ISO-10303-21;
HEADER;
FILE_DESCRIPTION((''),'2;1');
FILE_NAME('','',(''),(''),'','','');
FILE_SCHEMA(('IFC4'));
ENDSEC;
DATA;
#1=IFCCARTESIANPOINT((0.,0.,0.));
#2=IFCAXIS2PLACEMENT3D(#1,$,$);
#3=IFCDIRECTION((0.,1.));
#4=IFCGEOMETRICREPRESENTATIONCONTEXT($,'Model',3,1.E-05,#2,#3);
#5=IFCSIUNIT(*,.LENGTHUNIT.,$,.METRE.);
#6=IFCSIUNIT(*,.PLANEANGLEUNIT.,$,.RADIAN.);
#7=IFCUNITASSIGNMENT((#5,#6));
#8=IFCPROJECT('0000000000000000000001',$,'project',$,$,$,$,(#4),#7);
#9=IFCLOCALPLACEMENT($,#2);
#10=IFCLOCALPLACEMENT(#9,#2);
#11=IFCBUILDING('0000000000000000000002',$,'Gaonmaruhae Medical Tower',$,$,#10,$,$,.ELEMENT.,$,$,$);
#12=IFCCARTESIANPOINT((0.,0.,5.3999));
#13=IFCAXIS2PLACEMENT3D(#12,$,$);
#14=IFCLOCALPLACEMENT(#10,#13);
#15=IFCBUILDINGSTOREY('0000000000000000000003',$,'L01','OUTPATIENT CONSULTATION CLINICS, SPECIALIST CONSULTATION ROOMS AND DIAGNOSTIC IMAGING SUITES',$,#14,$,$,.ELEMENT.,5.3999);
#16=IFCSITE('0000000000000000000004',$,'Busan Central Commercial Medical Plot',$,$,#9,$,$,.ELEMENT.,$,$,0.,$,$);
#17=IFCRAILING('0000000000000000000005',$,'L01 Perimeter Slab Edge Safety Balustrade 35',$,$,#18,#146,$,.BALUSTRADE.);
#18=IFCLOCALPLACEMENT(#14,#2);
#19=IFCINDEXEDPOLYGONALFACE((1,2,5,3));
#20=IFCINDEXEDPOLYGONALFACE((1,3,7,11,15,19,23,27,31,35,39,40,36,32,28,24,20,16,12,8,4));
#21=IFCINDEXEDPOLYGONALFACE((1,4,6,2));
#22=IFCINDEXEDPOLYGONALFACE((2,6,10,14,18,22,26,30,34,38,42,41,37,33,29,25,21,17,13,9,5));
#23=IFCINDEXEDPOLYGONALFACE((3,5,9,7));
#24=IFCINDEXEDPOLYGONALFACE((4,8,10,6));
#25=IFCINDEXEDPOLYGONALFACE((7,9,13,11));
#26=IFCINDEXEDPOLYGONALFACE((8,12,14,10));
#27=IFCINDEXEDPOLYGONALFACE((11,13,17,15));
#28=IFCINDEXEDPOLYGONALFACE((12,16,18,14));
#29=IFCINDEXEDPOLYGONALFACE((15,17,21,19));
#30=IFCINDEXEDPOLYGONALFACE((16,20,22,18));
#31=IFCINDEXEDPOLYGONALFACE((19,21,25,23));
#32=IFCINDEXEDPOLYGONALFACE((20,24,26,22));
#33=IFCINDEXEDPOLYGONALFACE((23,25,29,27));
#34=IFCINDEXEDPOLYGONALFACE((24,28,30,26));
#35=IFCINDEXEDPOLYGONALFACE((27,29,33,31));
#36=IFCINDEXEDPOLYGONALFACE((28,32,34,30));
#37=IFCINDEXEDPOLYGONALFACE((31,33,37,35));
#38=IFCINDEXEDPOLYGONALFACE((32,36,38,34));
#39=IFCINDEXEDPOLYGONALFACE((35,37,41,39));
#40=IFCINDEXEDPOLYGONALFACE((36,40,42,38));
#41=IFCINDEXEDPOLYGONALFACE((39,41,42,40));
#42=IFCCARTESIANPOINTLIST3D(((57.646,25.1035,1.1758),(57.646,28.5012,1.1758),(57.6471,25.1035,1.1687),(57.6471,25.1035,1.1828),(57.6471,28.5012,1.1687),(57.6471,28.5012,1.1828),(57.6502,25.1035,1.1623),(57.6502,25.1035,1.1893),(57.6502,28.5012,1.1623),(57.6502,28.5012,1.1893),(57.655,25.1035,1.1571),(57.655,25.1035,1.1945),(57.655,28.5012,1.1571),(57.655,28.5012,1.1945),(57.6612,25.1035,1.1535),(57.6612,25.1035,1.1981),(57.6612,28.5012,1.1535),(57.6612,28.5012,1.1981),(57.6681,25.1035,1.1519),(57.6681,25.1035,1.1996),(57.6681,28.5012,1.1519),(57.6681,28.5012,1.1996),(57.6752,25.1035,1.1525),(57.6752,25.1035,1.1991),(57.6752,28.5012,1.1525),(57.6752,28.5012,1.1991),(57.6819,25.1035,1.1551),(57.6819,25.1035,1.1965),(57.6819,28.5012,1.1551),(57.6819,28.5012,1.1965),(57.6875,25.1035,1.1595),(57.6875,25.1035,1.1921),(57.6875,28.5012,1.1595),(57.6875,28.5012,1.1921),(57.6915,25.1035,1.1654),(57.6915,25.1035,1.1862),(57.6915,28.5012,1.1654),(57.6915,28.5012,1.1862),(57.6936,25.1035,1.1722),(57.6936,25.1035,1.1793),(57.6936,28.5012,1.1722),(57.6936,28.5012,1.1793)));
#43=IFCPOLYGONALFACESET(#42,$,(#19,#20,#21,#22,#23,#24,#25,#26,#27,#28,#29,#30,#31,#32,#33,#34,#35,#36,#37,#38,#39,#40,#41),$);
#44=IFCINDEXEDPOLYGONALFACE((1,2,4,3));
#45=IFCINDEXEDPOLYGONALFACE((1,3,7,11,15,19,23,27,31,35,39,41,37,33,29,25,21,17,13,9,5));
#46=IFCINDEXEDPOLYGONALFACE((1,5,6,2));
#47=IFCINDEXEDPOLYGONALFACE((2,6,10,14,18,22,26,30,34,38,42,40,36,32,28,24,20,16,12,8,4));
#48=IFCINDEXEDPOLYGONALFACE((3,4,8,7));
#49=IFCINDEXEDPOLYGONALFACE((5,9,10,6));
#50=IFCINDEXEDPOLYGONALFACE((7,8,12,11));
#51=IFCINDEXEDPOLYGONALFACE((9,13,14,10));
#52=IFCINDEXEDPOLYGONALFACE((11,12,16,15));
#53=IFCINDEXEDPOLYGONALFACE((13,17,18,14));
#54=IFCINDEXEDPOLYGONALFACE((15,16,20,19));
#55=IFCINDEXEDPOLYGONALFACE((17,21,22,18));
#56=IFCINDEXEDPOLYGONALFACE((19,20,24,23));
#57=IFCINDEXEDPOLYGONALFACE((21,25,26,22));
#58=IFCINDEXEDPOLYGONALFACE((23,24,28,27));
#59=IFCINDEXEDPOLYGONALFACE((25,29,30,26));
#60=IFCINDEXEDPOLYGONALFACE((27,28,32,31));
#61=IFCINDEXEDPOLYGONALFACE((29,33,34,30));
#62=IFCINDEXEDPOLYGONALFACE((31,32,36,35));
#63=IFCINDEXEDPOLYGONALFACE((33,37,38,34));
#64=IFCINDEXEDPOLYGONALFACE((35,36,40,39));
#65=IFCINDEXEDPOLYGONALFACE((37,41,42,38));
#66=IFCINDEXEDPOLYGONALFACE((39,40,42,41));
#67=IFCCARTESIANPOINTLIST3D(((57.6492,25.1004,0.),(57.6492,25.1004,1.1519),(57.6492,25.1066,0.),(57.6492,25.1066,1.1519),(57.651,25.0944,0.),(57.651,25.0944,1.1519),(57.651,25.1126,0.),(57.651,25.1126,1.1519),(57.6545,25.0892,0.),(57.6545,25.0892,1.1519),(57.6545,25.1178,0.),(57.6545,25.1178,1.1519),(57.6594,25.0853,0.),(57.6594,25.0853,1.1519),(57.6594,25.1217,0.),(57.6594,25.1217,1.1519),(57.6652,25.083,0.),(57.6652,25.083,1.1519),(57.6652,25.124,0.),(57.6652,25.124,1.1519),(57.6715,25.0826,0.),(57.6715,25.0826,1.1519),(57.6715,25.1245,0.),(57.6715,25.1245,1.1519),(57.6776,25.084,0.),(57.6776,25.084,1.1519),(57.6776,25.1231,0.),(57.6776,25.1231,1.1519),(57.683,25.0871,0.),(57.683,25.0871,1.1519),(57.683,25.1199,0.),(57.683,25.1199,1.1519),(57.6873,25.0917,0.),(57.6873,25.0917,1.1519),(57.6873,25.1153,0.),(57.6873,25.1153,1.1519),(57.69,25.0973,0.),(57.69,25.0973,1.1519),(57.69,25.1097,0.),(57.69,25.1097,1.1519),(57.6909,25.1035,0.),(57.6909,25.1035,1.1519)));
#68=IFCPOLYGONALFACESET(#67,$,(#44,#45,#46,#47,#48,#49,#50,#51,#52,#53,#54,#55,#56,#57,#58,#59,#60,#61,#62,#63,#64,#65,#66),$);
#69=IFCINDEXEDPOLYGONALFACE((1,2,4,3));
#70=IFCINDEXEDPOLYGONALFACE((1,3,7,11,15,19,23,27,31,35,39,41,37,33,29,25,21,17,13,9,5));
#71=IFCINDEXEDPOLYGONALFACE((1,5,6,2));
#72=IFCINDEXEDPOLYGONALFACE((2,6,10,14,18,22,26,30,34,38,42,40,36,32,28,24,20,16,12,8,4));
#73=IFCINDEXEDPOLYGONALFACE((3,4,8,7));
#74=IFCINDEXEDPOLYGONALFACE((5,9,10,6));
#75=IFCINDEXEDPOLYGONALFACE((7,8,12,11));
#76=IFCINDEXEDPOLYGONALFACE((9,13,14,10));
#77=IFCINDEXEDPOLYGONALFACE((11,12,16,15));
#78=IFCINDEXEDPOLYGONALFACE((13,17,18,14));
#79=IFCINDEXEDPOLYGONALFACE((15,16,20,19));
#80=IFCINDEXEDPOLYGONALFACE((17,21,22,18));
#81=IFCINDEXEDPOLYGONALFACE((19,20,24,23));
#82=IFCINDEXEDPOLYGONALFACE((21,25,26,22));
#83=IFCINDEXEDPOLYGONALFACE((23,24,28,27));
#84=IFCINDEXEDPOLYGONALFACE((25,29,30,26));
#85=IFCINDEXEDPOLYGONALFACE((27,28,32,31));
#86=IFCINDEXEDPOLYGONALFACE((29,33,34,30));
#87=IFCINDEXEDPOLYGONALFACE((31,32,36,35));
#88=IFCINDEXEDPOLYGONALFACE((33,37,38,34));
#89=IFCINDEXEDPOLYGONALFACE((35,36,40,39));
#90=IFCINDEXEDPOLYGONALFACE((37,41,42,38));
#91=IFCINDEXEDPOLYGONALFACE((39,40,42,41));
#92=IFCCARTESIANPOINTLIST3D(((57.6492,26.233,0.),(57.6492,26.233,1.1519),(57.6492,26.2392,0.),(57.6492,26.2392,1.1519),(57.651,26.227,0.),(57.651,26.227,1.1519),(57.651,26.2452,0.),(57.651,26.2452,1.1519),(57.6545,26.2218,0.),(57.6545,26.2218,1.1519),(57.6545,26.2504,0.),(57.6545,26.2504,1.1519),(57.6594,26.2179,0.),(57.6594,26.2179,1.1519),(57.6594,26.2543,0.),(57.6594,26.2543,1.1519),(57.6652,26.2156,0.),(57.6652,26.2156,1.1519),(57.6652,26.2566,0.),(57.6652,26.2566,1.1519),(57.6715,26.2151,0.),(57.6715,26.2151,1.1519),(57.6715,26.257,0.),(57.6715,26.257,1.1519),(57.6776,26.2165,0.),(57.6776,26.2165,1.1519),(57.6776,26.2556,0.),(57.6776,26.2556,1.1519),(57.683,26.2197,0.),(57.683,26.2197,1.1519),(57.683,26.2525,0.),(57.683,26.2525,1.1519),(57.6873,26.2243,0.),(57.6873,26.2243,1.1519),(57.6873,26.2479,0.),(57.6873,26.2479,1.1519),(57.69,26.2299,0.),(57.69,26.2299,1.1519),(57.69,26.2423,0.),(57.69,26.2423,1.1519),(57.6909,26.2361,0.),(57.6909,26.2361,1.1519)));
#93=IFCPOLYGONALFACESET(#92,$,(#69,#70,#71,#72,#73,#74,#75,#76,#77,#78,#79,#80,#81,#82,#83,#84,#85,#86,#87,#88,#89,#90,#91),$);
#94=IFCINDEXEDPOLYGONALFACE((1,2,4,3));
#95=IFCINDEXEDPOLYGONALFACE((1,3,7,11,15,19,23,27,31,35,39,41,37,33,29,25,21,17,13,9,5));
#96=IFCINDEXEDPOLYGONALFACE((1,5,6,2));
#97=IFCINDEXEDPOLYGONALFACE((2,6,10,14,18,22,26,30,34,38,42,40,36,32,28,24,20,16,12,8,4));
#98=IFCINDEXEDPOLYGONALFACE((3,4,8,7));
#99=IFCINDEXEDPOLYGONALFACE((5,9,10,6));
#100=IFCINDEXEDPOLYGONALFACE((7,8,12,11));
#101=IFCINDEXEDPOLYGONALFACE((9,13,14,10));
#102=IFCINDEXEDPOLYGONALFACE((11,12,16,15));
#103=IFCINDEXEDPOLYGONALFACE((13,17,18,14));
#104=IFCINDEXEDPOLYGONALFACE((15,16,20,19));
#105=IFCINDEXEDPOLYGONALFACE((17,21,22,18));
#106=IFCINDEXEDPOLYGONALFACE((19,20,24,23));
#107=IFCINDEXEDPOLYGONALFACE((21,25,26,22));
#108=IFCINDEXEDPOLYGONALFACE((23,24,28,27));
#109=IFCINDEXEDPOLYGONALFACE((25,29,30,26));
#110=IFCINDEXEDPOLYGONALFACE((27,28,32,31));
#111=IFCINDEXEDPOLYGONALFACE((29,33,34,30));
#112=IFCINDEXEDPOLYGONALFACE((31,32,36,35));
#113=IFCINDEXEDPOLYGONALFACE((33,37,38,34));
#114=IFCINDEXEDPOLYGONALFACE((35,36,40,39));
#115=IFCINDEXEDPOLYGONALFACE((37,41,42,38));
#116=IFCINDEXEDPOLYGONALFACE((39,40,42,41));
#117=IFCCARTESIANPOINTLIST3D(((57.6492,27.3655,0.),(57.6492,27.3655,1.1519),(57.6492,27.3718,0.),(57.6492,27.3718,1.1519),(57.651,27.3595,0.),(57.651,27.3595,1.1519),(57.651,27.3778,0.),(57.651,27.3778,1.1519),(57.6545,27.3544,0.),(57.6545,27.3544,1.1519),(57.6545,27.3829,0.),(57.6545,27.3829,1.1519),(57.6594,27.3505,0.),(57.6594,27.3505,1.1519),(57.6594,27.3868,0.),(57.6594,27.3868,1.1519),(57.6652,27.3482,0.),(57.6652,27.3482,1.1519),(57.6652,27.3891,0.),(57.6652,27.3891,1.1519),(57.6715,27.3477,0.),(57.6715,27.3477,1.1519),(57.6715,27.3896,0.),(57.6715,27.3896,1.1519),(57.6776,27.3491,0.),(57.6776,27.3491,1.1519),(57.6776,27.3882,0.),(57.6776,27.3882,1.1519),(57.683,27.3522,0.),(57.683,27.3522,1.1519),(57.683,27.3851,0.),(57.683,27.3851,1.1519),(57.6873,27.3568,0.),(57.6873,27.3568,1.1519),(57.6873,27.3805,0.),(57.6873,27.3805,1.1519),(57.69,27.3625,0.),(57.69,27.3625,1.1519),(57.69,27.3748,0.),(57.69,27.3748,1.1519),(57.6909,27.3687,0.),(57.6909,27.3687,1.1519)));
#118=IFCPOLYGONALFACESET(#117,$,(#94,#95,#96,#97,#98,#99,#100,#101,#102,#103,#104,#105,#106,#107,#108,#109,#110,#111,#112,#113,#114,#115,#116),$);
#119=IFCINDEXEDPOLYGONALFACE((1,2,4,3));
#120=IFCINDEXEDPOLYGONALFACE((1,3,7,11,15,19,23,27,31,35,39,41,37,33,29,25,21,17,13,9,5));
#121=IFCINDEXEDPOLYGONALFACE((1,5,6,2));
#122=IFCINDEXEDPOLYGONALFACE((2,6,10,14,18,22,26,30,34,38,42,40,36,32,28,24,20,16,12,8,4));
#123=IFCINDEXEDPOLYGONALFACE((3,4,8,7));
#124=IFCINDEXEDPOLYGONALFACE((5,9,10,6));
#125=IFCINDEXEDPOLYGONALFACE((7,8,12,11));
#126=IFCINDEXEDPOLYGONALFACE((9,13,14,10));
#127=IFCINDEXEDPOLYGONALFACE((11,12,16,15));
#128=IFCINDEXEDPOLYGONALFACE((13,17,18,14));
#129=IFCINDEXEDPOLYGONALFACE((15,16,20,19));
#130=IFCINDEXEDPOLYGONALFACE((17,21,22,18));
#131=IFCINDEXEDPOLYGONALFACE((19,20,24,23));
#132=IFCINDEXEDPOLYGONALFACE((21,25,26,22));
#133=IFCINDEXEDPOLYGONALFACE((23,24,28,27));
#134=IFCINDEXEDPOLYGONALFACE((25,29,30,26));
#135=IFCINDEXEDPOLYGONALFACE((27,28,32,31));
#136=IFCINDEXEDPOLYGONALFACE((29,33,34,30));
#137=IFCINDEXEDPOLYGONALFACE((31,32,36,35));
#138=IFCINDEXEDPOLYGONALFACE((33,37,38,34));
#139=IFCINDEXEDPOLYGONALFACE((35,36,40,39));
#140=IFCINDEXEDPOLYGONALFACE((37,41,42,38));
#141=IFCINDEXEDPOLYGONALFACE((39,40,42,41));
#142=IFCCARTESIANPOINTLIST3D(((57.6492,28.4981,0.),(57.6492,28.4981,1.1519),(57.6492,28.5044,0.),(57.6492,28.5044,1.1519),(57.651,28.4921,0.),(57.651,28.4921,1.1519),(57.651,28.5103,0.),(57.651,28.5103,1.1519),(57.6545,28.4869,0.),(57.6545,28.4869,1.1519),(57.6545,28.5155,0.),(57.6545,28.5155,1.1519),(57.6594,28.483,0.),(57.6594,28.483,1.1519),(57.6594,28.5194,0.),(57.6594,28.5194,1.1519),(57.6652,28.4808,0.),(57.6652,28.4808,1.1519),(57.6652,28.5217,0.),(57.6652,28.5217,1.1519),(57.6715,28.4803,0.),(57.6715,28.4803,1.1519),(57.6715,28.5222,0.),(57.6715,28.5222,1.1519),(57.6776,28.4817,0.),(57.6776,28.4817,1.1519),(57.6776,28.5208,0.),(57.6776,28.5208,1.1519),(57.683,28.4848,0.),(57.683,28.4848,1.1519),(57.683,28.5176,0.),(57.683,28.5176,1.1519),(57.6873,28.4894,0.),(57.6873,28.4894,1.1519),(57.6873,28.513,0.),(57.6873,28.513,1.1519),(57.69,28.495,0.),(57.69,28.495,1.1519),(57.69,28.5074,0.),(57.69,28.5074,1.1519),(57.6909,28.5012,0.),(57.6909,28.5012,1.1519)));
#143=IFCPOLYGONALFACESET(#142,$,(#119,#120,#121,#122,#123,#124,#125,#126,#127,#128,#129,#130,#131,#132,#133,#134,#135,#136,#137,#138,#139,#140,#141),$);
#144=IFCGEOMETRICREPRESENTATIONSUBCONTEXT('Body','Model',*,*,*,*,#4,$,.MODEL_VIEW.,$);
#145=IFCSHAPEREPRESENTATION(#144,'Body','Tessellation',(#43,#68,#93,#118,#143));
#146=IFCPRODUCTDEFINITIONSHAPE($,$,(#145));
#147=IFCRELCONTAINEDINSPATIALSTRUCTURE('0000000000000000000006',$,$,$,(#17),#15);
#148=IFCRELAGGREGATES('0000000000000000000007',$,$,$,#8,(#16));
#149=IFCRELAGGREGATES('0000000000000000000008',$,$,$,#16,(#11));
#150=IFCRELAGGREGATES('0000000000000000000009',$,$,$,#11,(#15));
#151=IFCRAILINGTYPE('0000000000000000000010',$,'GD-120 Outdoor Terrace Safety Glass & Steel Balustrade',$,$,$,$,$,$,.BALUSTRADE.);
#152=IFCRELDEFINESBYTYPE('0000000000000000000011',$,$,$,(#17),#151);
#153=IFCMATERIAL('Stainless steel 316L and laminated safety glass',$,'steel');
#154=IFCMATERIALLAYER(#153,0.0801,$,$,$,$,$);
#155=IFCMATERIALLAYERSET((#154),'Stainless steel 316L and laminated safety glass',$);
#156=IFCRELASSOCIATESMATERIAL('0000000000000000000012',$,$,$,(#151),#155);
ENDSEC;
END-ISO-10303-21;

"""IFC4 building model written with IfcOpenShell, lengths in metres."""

from ifc_helpers import new_model, si_unit, direction, frame, origin, origin_2d, place, context, subcontext, project, spatial, circle, extrude, material, layer, layer_set, type_object, element, save


model = new_model("IFC4")

# Units and contexts
model_context = context("Model", 3, precision=1e-05, world=origin(), true_north=direction((0.0, 1.0)))
body_context = subcontext(model_context, "Body", "Model", "MODEL_VIEW")
ifc_project = project(units=[si_unit("LENGTHUNIT", "METRE"), si_unit("PLANEANGLEUNIT", "RADIAN")], contexts=[model_context])

# Site, building, storey
site_placement = place(None, origin())
site = spatial("IfcSite", under=ifc_project, at=site_placement, Name="Busan Central Commercial Medical Plot", CompositionType="ELEMENT", RefElevation=0.0)
building_placement = place(site_placement, origin())
building = spatial("IfcBuilding", under=site, at=building_placement, Name="Gaonmaruhae Medical Tower", CompositionType="ELEMENT")
storey_placement = place(building_placement, frame((0.0, 0.0, 5.3999)))
storey = spatial("IfcBuildingStorey", under=building, at=storey_placement, Name="L01", Description="OUTPATIENT CONSULTATION CLINICS, SPECIALIST CONSULTATION ROOMS AND DIAGNOSTIC IMAGING SUITES", CompositionType="ELEMENT", Elevation=5.3999)

# Railing
ifc_material_1 = material(Name="Stainless steel 316L and laminated safety glass", Category="steel")
ifc_layer_1 = layer(ifc_material_1, 0.0801)
ifc_layer_set_1 = layer_set([ifc_layer_1], Name="Stainless steel 316L and laminated safety glass")
railing_type = type_object("IfcRailingType", Name="GD-120 Outdoor Terrace Safety Glass & Steel Balustrade", PredefinedType="BALUSTRADE", material=ifc_layer_set_1)
railing_1_placement = place(storey_placement, frame((57.6699, 25.1035, 0.0)))
element("IfcRailing", 1, at=railing_1_placement, inside=storey, type_object=railing_type, Name="L01 Perimeter Slab Edge Safety Balustrade 35", PredefinedType="BALUSTRADE", context=body_context, shape_type="SweptSolid", body=[
    extrude(circle(Radius=0.0239, at=origin_2d()), frame((0.0, 0.0, 1.1758), z_axis=(0.0, 1.0, 0.0), x_axis=(-1.0, 0.0, 0.0)), (0.0, 0.0, 1.0), 3.3977),
    extrude(circle(Radius=0.021, at=origin_2d()), origin(), (0.0, 0.0, 1.0), 1.1519),
    extrude(circle(Radius=0.021, at=origin_2d()), frame((0.0, 1.1326, 0.0)), (0.0, 0.0, 1.0), 1.1519),
    extrude(circle(Radius=0.021, at=origin_2d()), frame((0.0, 2.2651, 0.0)), (0.0, 0.0, 1.0), 1.1519),
    extrude(circle(Radius=0.021, at=origin_2d()), frame((0.0, 3.3977, 0.0)), (0.0, 0.0, 1.0), 1.1519),
])

save(model, "model.ifc")
